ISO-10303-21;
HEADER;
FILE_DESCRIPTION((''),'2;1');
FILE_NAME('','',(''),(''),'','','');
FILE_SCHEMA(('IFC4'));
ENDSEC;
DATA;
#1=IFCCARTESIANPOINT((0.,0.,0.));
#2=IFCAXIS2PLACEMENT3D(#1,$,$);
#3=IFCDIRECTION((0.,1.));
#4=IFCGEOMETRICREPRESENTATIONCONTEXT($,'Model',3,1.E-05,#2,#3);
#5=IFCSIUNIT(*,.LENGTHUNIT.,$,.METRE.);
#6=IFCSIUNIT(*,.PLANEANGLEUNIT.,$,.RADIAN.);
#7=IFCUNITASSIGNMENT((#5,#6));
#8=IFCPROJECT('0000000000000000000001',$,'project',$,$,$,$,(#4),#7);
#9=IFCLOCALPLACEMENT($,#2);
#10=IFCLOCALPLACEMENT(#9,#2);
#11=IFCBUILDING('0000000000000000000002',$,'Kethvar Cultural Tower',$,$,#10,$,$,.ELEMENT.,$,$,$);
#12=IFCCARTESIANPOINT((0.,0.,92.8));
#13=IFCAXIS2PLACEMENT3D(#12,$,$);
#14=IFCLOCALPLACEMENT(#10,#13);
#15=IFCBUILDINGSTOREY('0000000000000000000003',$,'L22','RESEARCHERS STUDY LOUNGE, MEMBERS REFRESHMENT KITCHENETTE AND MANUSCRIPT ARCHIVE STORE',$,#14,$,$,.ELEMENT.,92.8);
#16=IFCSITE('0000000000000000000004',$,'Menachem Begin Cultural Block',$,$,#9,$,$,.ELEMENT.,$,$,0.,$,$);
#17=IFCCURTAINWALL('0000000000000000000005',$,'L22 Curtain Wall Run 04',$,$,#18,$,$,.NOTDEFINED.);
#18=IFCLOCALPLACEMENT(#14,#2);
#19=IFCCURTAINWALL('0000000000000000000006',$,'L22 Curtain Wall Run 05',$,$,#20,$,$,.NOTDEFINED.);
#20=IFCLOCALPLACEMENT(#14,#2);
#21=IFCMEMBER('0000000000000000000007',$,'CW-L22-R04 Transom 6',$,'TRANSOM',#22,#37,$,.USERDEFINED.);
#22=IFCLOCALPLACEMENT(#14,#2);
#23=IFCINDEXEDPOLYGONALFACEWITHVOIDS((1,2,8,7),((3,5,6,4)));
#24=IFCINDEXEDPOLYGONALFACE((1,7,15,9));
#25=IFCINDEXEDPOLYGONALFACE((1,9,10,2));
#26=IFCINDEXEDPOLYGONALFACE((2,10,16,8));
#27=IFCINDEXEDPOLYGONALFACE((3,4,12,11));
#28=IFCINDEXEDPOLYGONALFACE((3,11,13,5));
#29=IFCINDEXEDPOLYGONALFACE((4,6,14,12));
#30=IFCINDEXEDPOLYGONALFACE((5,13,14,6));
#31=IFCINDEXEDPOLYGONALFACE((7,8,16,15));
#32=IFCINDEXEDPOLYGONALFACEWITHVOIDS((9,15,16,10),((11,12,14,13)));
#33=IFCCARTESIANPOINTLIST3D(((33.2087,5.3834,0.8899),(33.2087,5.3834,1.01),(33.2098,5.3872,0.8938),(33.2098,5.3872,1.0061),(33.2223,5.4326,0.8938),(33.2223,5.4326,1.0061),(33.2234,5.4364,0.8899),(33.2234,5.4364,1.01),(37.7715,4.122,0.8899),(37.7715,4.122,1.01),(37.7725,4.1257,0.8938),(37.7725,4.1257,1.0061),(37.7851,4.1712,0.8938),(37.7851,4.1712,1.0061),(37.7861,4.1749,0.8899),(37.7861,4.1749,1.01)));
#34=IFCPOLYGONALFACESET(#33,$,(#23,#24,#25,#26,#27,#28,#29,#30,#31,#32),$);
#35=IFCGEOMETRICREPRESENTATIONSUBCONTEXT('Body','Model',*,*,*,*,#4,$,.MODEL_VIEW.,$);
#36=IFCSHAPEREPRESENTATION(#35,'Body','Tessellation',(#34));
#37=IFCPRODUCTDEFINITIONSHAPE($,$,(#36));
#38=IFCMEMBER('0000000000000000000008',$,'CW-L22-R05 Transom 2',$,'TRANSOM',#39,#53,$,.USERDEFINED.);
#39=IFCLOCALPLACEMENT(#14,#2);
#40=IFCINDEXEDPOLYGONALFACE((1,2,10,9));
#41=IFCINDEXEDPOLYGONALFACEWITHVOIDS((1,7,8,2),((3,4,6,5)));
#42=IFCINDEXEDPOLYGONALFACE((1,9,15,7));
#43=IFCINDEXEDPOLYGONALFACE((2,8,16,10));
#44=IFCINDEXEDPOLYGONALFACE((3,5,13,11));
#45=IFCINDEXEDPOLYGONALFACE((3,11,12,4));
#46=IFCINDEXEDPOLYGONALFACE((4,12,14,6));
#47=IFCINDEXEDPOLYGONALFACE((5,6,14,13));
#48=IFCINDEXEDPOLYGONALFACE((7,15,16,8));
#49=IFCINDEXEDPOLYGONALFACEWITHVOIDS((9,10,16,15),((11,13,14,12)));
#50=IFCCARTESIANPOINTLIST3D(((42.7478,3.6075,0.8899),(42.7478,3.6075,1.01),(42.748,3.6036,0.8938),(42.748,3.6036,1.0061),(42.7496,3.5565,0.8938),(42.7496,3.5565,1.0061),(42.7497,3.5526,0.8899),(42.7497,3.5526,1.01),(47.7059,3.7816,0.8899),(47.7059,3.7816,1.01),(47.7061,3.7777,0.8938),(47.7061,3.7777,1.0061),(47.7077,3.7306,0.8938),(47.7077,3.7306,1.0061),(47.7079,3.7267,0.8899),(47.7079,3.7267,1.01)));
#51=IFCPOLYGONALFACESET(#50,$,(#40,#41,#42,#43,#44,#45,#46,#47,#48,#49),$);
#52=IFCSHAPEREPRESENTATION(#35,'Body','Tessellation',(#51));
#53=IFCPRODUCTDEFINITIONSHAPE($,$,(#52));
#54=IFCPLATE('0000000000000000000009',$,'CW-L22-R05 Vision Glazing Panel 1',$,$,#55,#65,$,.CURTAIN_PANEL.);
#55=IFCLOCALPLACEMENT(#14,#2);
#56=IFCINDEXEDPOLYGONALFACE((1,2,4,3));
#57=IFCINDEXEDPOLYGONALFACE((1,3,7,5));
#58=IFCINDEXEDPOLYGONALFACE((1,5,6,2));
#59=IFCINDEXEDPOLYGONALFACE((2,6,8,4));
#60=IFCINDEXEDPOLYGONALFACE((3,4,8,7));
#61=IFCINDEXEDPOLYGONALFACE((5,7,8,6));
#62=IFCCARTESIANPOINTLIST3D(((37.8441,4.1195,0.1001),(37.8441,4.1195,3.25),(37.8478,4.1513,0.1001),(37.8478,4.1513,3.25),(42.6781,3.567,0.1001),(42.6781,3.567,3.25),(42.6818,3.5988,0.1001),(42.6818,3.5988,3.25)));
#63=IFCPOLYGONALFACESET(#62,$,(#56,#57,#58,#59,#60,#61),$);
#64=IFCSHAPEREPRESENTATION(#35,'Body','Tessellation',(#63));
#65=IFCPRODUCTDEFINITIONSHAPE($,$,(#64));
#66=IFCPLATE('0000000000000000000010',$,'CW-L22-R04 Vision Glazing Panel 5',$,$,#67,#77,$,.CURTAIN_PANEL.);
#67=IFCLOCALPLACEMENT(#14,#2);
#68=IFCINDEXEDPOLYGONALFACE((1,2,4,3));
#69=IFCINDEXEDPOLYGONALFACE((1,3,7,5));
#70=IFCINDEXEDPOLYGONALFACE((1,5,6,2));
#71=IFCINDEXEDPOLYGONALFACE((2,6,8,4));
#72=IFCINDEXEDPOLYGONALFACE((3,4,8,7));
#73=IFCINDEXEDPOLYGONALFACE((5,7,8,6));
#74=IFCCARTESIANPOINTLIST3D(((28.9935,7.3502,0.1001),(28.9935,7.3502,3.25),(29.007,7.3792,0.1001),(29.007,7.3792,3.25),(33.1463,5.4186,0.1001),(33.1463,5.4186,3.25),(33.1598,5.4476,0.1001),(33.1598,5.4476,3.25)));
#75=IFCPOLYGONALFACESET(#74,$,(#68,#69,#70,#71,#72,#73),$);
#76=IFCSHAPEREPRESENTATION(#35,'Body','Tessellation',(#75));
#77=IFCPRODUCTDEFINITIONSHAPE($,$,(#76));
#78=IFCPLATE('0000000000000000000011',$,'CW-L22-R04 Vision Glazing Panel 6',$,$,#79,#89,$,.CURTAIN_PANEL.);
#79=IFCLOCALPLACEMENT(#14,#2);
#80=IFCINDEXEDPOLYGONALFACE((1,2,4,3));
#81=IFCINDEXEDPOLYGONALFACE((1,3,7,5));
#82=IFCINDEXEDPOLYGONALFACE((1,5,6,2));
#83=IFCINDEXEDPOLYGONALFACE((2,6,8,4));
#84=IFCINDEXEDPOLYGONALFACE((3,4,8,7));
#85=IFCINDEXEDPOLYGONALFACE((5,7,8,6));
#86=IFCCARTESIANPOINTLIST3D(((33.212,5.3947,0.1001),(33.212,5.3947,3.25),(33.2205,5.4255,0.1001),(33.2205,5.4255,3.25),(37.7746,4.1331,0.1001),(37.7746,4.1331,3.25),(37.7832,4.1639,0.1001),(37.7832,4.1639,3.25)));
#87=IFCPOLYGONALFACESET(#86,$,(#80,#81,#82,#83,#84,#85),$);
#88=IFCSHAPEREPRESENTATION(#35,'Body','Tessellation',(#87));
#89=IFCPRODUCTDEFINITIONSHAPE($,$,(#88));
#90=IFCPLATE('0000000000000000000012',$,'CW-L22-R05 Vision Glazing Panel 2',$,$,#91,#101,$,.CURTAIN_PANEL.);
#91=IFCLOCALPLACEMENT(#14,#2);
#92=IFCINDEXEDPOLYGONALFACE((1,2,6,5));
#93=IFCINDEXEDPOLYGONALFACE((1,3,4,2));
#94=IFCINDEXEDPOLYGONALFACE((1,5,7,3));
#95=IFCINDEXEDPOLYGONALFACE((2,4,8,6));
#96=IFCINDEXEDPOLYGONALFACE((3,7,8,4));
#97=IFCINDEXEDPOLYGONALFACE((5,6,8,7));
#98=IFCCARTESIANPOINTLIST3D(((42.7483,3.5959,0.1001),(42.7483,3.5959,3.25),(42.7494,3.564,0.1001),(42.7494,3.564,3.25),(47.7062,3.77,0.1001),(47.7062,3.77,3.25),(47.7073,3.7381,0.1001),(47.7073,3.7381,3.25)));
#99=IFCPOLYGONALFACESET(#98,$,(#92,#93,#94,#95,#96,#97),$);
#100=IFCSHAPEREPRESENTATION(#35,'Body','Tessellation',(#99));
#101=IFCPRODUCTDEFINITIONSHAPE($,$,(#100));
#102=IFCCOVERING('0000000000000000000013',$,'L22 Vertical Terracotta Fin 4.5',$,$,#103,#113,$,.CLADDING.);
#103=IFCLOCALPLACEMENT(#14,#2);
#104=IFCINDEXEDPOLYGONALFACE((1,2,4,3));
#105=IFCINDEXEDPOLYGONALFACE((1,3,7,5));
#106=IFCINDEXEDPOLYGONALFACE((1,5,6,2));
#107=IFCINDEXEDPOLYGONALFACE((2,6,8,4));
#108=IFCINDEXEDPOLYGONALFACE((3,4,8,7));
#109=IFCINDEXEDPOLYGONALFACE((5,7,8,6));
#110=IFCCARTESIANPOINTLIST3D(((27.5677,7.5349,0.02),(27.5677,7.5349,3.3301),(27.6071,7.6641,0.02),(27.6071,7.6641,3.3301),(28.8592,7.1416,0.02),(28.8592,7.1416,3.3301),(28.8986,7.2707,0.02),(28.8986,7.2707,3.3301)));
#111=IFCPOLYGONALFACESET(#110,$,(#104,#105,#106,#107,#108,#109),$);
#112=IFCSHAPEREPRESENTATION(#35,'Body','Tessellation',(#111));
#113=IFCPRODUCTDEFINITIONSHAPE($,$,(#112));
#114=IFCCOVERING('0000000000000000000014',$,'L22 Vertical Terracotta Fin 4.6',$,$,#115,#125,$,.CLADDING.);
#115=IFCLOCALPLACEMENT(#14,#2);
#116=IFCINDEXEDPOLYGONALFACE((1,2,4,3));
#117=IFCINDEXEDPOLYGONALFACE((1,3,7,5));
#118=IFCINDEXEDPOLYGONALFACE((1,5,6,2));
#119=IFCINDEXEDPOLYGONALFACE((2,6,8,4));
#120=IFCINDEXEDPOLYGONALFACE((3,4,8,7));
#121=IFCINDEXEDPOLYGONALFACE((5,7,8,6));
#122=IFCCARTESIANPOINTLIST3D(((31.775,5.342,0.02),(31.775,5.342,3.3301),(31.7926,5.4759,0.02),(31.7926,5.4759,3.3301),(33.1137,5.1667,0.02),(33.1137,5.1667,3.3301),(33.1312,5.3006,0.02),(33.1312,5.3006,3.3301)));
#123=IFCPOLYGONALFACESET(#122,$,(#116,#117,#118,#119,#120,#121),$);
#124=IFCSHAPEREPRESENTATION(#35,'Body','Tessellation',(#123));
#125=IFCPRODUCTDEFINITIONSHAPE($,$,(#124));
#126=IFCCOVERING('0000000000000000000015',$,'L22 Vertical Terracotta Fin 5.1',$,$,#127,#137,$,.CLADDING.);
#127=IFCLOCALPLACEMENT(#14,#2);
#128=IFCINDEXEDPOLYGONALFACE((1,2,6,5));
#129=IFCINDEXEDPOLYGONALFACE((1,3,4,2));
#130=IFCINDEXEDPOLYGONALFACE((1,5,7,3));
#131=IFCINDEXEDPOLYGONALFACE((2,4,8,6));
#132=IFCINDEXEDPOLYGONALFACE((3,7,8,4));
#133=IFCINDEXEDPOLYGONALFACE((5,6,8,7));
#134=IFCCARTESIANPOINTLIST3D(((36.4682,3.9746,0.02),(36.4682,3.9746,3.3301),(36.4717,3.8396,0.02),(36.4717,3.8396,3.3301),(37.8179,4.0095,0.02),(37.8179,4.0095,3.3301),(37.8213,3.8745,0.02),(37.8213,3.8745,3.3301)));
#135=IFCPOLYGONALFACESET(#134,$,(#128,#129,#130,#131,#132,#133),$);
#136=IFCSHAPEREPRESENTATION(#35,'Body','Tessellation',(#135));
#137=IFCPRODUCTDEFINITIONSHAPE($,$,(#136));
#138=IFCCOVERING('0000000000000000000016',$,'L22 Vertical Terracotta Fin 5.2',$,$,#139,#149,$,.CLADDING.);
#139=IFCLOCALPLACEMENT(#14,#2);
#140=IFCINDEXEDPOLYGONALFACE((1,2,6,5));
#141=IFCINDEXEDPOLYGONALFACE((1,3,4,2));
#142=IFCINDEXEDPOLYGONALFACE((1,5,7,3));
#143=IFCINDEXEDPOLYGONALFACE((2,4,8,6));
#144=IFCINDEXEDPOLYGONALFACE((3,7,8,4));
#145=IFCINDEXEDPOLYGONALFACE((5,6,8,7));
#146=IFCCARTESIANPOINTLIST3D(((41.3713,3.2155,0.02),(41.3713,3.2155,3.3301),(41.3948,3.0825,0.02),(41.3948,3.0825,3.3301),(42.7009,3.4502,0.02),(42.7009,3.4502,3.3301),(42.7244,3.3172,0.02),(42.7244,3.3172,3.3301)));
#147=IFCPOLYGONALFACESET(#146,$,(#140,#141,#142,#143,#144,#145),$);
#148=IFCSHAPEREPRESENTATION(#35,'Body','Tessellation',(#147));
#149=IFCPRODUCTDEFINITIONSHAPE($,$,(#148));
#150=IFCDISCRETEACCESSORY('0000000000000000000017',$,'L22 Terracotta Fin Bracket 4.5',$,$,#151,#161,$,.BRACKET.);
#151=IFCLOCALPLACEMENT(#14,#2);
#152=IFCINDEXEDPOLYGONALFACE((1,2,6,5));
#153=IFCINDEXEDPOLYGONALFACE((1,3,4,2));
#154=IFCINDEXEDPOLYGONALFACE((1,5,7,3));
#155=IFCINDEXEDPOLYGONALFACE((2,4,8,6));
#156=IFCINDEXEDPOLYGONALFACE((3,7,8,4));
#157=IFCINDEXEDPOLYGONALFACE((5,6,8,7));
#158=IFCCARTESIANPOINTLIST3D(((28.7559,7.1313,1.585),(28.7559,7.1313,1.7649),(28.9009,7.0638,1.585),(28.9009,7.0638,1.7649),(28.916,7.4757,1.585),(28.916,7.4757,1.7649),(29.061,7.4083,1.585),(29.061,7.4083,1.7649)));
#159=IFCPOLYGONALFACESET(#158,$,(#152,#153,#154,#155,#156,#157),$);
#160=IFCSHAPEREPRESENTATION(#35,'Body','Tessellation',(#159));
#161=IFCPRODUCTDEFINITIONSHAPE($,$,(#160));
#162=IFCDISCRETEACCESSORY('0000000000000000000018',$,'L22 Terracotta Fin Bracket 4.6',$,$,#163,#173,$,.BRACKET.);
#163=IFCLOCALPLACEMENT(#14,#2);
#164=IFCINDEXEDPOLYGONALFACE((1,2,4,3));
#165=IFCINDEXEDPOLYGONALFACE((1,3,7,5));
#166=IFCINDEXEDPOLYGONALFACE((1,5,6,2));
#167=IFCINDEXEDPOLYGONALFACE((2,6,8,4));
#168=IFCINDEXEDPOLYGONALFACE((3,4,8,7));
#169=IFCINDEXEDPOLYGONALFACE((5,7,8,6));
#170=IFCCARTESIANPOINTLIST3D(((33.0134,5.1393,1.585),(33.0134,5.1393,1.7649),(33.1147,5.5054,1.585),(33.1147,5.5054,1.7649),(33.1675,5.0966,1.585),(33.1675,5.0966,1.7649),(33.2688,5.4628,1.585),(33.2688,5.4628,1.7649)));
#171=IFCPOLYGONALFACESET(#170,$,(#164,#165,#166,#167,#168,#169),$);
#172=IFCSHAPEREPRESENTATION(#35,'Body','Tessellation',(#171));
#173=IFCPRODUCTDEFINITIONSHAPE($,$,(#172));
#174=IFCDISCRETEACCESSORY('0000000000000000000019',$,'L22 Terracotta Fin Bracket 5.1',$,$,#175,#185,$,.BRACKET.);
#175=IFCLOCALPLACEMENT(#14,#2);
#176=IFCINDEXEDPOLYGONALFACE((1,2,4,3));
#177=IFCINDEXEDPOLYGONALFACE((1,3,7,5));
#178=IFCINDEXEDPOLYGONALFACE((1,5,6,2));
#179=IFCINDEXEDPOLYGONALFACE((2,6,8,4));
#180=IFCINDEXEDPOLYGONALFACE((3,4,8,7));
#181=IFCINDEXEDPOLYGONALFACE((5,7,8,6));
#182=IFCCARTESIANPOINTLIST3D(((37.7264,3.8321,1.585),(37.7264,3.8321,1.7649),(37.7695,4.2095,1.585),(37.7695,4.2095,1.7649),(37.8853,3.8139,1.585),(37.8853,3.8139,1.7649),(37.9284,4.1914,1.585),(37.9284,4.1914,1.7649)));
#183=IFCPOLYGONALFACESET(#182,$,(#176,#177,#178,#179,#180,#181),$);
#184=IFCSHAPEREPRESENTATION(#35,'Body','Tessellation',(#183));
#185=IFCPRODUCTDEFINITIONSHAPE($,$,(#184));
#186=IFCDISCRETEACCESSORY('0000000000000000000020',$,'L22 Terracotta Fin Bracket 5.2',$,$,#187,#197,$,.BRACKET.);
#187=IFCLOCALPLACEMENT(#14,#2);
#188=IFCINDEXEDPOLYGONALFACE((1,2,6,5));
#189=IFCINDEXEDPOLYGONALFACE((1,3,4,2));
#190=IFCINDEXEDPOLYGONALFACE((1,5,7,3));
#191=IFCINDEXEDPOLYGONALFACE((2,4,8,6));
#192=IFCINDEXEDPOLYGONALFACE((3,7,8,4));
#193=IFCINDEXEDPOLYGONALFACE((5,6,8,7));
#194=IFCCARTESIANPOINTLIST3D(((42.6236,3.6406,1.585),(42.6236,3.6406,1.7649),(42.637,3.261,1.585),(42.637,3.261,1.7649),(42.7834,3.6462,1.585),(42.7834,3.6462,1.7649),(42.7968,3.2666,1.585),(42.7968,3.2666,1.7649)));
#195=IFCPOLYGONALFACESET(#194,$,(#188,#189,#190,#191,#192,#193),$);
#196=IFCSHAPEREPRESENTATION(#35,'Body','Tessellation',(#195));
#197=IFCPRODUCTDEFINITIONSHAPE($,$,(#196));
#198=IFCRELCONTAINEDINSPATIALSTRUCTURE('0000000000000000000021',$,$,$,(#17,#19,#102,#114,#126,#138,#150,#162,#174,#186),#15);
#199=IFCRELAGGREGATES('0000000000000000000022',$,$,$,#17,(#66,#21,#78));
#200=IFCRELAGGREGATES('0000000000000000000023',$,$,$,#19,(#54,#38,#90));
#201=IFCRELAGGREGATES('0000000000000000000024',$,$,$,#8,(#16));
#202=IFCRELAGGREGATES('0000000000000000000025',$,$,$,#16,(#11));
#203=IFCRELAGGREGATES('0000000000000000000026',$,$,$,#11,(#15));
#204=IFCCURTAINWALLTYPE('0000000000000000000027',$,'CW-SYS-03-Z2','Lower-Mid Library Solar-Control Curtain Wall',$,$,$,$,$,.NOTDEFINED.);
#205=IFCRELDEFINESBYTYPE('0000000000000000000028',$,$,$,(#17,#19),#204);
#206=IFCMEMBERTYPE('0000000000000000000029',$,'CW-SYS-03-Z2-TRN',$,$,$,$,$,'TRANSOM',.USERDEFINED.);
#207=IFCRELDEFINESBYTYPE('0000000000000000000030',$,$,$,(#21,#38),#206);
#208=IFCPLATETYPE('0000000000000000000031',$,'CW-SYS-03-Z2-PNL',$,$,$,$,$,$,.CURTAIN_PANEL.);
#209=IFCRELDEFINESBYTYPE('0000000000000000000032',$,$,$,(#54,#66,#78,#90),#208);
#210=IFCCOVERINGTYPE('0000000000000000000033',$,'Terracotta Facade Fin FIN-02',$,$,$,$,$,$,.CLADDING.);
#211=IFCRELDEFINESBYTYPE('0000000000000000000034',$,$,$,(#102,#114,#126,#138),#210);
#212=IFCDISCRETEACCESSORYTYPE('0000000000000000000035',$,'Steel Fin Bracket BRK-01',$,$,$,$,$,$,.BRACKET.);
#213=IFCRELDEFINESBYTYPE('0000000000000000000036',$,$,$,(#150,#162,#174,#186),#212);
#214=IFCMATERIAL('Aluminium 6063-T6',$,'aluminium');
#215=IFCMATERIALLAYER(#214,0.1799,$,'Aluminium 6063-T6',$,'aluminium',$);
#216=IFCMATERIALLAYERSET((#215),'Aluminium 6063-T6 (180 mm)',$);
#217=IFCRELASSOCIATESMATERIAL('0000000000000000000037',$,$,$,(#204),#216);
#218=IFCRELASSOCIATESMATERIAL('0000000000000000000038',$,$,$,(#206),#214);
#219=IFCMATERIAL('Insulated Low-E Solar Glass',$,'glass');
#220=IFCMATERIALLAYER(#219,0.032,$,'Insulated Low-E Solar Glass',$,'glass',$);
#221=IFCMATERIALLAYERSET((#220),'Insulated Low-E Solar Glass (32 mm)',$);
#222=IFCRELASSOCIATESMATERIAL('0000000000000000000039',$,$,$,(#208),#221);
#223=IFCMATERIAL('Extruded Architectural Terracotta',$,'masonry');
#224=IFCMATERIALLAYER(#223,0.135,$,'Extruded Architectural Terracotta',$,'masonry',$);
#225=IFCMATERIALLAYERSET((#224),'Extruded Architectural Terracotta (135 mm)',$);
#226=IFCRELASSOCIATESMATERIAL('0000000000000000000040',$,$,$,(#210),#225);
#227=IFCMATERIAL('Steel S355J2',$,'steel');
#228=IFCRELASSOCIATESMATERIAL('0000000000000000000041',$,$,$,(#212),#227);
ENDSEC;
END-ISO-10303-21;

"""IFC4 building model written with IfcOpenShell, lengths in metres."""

from ifc_helpers import new_model, si_unit, direction, frame, origin, origin_2d, place, context, subcontext, project, spatial, rectangle, hollow_rectangle, extrude, source, transform, mapped, material, layer, layer_set, material_profile, profile_set, type_object, element, aggregate, save


model = new_model("IFC4")

# Units and contexts
model_context = context("Model", 3, precision=1e-05, world=origin(), true_north=direction((0.0, 1.0)))
body_context = subcontext(model_context, "Body", "Model", "MODEL_VIEW")
ifc_project = project(units=[si_unit("LENGTHUNIT", "METRE"), si_unit("PLANEANGLEUNIT", "RADIAN")], contexts=[model_context])

# Site, building, storey
site_placement = place(None, origin())
site = spatial("IfcSite", under=ifc_project, at=site_placement, Name="Menachem Begin Cultural Block", CompositionType="ELEMENT", RefElevation=0.0)
building_placement = place(site_placement, origin())
building = spatial("IfcBuilding", under=site, at=building_placement, Name="Kethvar Cultural Tower", CompositionType="ELEMENT")
storey_placement = place(building_placement, frame((0.0, 0.0, 92.8)))
storey = spatial("IfcBuildingStorey", under=building, at=storey_placement, Name="L22", Description="RESEARCHERS STUDY LOUNGE, MEMBERS REFRESHMENT KITCHENETTE AND MANUSCRIPT ARCHIVE STORE", CompositionType="ELEMENT", Elevation=92.8)

# Shared definitions
ifc_material_1 = material(Name="Steel S355J2", Category="steel")

# Curtain walls
ifc_material_2 = material(Name="Aluminium 6063-T6", Category="aluminium")
ifc_layer_1 = layer(ifc_material_2, 0.1799, Name="Aluminium 6063-T6", Category="aluminium")
ifc_layer_set_1 = layer_set([ifc_layer_1], Name="Aluminium 6063-T6 (180 mm)")
curtain_wall_type = type_object("IfcCurtainWallType", Name="CW-SYS-03-Z2", Description="Lower-Mid Library Solar-Control Curtain Wall", PredefinedType="NOTDEFINED", material=ifc_layer_set_1)
curtain_wall_1_placement = place(storey_placement, origin())
curtain_wall_1 = element("IfcCurtainWall", 1, at=curtain_wall_1_placement, inside=storey, type_object=curtain_wall_type, Name="L22 Curtain Wall Run 04", PredefinedType="NOTDEFINED")
curtain_wall_2_placement = place(storey_placement, origin())
curtain_wall_2 = element("IfcCurtainWall", 2, at=curtain_wall_2_placement, inside=storey, type_object=curtain_wall_type, Name="L22 Curtain Wall Run 05", PredefinedType="NOTDEFINED")
ifc_material_profile_1 = material_profile(ifc_material_2, hollow_rectangle(XDim=0.0549, YDim=0.1201, WallThickness=0.0039, at=origin_2d()), Name="Aluminium 6063-T6 — RHS120x55x4")
ifc_profile_set_1 = profile_set([ifc_material_profile_1], Name="Aluminium 6063-T6 — RHS120x55x4")
member_type_1 = type_object("IfcMemberType", Name="CW-SYS-03-Z2-TRN", ElementType="TRANSOM", PredefinedType="USERDEFINED", material=ifc_profile_set_1)

# Members
shared_shape_1 = source(origin(), body_context, "Body", "SweptSolid", [
    extrude(hollow_rectangle(XDim=0.0549, YDim=0.1201, WallThickness=0.0039, at=origin_2d()), origin(), (0.0, 0.0, 1.0), 4.7339),
])
member_1_placement = place(storey_placement, frame((33.2161, 5.4099, 0.95), z_axis=(0.963842, -0.266476, 0.0), x_axis=(0.266476, 0.963842, 0.0)))
member_1 = element("IfcMember", 3, at=member_1_placement, type_object=member_type_1, Name="CW-L22-R04 Transom 6", ObjectType="TRANSOM", PredefinedType="USERDEFINED", context=body_context, shape_type="MappedRepresentation", body=[
    mapped(shared_shape_1, transform((0.0, 0.0, 0.0), scale=1.0)),
])
shared_shape_2 = source(origin(), body_context, "Body", "SweptSolid", [
    extrude(hollow_rectangle(XDim=0.0549, YDim=0.1201, WallThickness=0.0039, at=origin_2d()), origin(), (0.0, 0.0, 1.0), 4.9612),
])
member_2_placement = place(storey_placement, frame((42.7488, 3.5801, 0.95), z_axis=(0.999384, 0.035088, 0.0), x_axis=(-0.035088, 0.999384, 0.0)))
member_2 = element("IfcMember", 4, at=member_2_placement, type_object=member_type_1, Name="CW-L22-R05 Transom 2", ObjectType="TRANSOM", PredefinedType="USERDEFINED", context=body_context, shape_type="MappedRepresentation", body=[
    mapped(shared_shape_2, transform((0.0, 0.0, 0.0), scale=1.0)),
])

# Plates
ifc_material_3 = material(Name="Insulated Low-E Solar Glass", Category="glass")
ifc_layer_2 = layer(ifc_material_3, 0.032, Name="Insulated Low-E Solar Glass", Category="glass")
ifc_layer_set_2 = layer_set([ifc_layer_2], Name="Insulated Low-E Solar Glass (32 mm)")
plate_type = type_object("IfcPlateType", Name="CW-SYS-03-Z2-PNL", PredefinedType="CURTAIN_PANEL", material=ifc_layer_set_2)
shared_shape_3 = source(origin(), body_context, "Body", "SweptSolid", [
    extrude(rectangle(XDim=4.8655, YDim=0.032, at=origin_2d()), origin(), (0.0, 0.0, 1.0), 3.1499),
])
plate_1_placement = place(storey_placement, frame((40.2629, 3.8591, 0.1001), z_axis=(0.0, 0.0, 1.0), x_axis=(0.993532, -0.11355, 0.0)))
plate_1 = element("IfcPlate", 5, at=plate_1_placement, type_object=plate_type, Name="CW-L22-R05 Vision Glazing Panel 1", PredefinedType="CURTAIN_PANEL", context=body_context, shape_type="MappedRepresentation", body=[
    mapped(shared_shape_3, transform((0.0, 0.0, 0.0), scale=1.0)),
])
shared_shape_4 = source(origin(), body_context, "Body", "SweptSolid", [
    extrude(rectangle(XDim=4.5801, YDim=0.032, at=origin_2d()), origin(), (0.0, 0.0, 1.0), 3.1499),
])
plate_2_placement = place(storey_placement, frame((31.0767, 6.3989, 0.1001), z_axis=(0.0, 0.0, 1.0), x_axis=(0.90672, -0.421732, 0.0)))
plate_2 = element("IfcPlate", 6, at=plate_2_placement, type_object=plate_type, Name="CW-L22-R04 Vision Glazing Panel 5", PredefinedType="CURTAIN_PANEL", context=body_context, shape_type="MappedRepresentation", body=[
    mapped(shared_shape_4, transform((0.0, 0.0, 0.0), scale=1.0)),
])
shared_shape_5 = source(origin(), body_context, "Body", "SweptSolid", [
    extrude(rectangle(XDim=4.7339, YDim=0.032, at=origin_2d()), origin(), (0.0, 0.0, 1.0), 3.1499),
])
plate_3_placement = place(storey_placement, frame((35.4976, 4.7793, 0.1001), z_axis=(0.0, 0.0, 1.0), x_axis=(0.963831, -0.266515, 0.0)))
plate_3 = element("IfcPlate", 7, at=plate_3_placement, type_object=plate_type, Name="CW-L22-R04 Vision Glazing Panel 6", PredefinedType="CURTAIN_PANEL", context=body_context, shape_type="MappedRepresentation", body=[
    mapped(shared_shape_5, transform((0.0, 0.0, 0.0), scale=1.0)),
])
aggregate(curtain_wall_1, [plate_2, member_1, plate_3])
shared_shape_6 = source(origin(), body_context, "Body", "SweptSolid", [
    extrude(rectangle(XDim=4.9609, YDim=0.032, at=origin_2d()), origin(), (0.0, 0.0, 1.0), 3.1499),
])
plate_4_placement = place(storey_placement, frame((45.2278, 3.667, 0.1001), z_axis=(0.0, 0.0, 1.0), x_axis=(0.999384, 0.035091, 0.0)))
plate_4 = element("IfcPlate", 8, at=plate_4_placement, type_object=plate_type, Name="CW-L22-R05 Vision Glazing Panel 2", PredefinedType="CURTAIN_PANEL", context=body_context, shape_type="MappedRepresentation", body=[
    mapped(shared_shape_6, transform((0.0, 0.0, 0.0), scale=1.0)),
])
aggregate(curtain_wall_2, [plate_1, member_2, plate_4])

# Coverings
ifc_material_4 = material(Name="Extruded Architectural Terracotta", Category="masonry")
ifc_layer_3 = layer(ifc_material_4, 0.135, Name="Extruded Architectural Terracotta", Category="masonry")
ifc_layer_set_3 = layer_set([ifc_layer_3], Name="Extruded Architectural Terracotta (135 mm)")
covering_type = type_object("IfcCoveringType", Name="Terracotta Facade Fin FIN-02", PredefinedType="CLADDING", material=ifc_layer_set_3)
shared_shape_7 = source(origin(), body_context, "Body", "SweptSolid", [
    extrude(rectangle(XDim=1.3501, YDim=0.135, at=origin_2d()), origin(), (0.0, 0.0, 1.0), 3.3101),
])
for number, where, z_axis, x_axis, name in (
    (9, (28.2332, 7.4028, 0.02), (0.0, 0.0, 1.0), (-0.95661, 0.29137, 0.0), "L22 Vertical Terracotta Fin 4.5"),
    (10, (32.4531, 5.3213, 0.02), (0.0, 0.0, 1.0), (-0.991536, 0.129834, 0.0), "L22 Vertical Terracotta Fin 4.6"),
    (11, (37.1448, 3.9246, 0.02), (0.0, 0.0, 1.0), (-0.999666, -0.025828, 0.0), "L22 Vertical Terracotta Fin 5.1"),
    (12, (42.0479, 3.2664, 0.02), (0.0, 0.0, 1.0), (-0.984777, -0.17382, 0.0), "L22 Vertical Terracotta Fin 5.2"),
):
    element("IfcCovering", number, at=place(storey_placement, frame(where, z_axis=z_axis, x_axis=x_axis)), inside=storey, type_object=covering_type, Name=name, PredefinedType="CLADDING", context=body_context, shape_type="MappedRepresentation", body=[
        mapped(shared_shape_7, transform((0.0, 0.0, 0.0), scale=1.0)),
    ])

# Discrete accessories
discrete_accessory_type = type_object("IfcDiscreteAccessoryType", Name="Steel Fin Bracket BRK-01", PredefinedType="BRACKET", material=ifc_material_1)
shared_shape_8 = source(origin(), body_context, "Body", "SweptSolid", [
    extrude(rectangle(XDim=0.3799, YDim=0.1599, at=origin_2d()), origin(), (0.0, 0.0, 1.0), 0.1799),
])
for number, where, z_axis, x_axis, name in (
    (13, (28.9084, 7.2698, 1.585), (0.0, 0.0, 1.0), (-0.421669, -0.90675, 0.0), "L22 Terracotta Fin Bracket 4.5"),
    (14, (33.1411, 5.301, 1.585), (0.0, 0.0, 1.0), (-0.266566, -0.963817, 0.0), "L22 Terracotta Fin Bracket 4.6"),
    (15, (37.8274, 4.0117, 1.585), (0.0, 0.0, 1.0), (-0.11355, -0.993532, 0.0), "L22 Terracotta Fin Bracket 5.1"),
    (16, (42.7102, 3.4536, 1.585), (0.0, 0.0, 1.0), (0.035074, -0.999385, 0.0), "L22 Terracotta Fin Bracket 5.2"),
):
    element("IfcDiscreteAccessory", number, at=place(storey_placement, frame(where, z_axis=z_axis, x_axis=x_axis)), inside=storey, type_object=discrete_accessory_type, Name=name, PredefinedType="BRACKET", context=body_context, shape_type="MappedRepresentation", body=[
        mapped(shared_shape_8, transform((0.0, 0.0, 0.0), scale=1.0)),
    ])

save(model, "model.ifc")
